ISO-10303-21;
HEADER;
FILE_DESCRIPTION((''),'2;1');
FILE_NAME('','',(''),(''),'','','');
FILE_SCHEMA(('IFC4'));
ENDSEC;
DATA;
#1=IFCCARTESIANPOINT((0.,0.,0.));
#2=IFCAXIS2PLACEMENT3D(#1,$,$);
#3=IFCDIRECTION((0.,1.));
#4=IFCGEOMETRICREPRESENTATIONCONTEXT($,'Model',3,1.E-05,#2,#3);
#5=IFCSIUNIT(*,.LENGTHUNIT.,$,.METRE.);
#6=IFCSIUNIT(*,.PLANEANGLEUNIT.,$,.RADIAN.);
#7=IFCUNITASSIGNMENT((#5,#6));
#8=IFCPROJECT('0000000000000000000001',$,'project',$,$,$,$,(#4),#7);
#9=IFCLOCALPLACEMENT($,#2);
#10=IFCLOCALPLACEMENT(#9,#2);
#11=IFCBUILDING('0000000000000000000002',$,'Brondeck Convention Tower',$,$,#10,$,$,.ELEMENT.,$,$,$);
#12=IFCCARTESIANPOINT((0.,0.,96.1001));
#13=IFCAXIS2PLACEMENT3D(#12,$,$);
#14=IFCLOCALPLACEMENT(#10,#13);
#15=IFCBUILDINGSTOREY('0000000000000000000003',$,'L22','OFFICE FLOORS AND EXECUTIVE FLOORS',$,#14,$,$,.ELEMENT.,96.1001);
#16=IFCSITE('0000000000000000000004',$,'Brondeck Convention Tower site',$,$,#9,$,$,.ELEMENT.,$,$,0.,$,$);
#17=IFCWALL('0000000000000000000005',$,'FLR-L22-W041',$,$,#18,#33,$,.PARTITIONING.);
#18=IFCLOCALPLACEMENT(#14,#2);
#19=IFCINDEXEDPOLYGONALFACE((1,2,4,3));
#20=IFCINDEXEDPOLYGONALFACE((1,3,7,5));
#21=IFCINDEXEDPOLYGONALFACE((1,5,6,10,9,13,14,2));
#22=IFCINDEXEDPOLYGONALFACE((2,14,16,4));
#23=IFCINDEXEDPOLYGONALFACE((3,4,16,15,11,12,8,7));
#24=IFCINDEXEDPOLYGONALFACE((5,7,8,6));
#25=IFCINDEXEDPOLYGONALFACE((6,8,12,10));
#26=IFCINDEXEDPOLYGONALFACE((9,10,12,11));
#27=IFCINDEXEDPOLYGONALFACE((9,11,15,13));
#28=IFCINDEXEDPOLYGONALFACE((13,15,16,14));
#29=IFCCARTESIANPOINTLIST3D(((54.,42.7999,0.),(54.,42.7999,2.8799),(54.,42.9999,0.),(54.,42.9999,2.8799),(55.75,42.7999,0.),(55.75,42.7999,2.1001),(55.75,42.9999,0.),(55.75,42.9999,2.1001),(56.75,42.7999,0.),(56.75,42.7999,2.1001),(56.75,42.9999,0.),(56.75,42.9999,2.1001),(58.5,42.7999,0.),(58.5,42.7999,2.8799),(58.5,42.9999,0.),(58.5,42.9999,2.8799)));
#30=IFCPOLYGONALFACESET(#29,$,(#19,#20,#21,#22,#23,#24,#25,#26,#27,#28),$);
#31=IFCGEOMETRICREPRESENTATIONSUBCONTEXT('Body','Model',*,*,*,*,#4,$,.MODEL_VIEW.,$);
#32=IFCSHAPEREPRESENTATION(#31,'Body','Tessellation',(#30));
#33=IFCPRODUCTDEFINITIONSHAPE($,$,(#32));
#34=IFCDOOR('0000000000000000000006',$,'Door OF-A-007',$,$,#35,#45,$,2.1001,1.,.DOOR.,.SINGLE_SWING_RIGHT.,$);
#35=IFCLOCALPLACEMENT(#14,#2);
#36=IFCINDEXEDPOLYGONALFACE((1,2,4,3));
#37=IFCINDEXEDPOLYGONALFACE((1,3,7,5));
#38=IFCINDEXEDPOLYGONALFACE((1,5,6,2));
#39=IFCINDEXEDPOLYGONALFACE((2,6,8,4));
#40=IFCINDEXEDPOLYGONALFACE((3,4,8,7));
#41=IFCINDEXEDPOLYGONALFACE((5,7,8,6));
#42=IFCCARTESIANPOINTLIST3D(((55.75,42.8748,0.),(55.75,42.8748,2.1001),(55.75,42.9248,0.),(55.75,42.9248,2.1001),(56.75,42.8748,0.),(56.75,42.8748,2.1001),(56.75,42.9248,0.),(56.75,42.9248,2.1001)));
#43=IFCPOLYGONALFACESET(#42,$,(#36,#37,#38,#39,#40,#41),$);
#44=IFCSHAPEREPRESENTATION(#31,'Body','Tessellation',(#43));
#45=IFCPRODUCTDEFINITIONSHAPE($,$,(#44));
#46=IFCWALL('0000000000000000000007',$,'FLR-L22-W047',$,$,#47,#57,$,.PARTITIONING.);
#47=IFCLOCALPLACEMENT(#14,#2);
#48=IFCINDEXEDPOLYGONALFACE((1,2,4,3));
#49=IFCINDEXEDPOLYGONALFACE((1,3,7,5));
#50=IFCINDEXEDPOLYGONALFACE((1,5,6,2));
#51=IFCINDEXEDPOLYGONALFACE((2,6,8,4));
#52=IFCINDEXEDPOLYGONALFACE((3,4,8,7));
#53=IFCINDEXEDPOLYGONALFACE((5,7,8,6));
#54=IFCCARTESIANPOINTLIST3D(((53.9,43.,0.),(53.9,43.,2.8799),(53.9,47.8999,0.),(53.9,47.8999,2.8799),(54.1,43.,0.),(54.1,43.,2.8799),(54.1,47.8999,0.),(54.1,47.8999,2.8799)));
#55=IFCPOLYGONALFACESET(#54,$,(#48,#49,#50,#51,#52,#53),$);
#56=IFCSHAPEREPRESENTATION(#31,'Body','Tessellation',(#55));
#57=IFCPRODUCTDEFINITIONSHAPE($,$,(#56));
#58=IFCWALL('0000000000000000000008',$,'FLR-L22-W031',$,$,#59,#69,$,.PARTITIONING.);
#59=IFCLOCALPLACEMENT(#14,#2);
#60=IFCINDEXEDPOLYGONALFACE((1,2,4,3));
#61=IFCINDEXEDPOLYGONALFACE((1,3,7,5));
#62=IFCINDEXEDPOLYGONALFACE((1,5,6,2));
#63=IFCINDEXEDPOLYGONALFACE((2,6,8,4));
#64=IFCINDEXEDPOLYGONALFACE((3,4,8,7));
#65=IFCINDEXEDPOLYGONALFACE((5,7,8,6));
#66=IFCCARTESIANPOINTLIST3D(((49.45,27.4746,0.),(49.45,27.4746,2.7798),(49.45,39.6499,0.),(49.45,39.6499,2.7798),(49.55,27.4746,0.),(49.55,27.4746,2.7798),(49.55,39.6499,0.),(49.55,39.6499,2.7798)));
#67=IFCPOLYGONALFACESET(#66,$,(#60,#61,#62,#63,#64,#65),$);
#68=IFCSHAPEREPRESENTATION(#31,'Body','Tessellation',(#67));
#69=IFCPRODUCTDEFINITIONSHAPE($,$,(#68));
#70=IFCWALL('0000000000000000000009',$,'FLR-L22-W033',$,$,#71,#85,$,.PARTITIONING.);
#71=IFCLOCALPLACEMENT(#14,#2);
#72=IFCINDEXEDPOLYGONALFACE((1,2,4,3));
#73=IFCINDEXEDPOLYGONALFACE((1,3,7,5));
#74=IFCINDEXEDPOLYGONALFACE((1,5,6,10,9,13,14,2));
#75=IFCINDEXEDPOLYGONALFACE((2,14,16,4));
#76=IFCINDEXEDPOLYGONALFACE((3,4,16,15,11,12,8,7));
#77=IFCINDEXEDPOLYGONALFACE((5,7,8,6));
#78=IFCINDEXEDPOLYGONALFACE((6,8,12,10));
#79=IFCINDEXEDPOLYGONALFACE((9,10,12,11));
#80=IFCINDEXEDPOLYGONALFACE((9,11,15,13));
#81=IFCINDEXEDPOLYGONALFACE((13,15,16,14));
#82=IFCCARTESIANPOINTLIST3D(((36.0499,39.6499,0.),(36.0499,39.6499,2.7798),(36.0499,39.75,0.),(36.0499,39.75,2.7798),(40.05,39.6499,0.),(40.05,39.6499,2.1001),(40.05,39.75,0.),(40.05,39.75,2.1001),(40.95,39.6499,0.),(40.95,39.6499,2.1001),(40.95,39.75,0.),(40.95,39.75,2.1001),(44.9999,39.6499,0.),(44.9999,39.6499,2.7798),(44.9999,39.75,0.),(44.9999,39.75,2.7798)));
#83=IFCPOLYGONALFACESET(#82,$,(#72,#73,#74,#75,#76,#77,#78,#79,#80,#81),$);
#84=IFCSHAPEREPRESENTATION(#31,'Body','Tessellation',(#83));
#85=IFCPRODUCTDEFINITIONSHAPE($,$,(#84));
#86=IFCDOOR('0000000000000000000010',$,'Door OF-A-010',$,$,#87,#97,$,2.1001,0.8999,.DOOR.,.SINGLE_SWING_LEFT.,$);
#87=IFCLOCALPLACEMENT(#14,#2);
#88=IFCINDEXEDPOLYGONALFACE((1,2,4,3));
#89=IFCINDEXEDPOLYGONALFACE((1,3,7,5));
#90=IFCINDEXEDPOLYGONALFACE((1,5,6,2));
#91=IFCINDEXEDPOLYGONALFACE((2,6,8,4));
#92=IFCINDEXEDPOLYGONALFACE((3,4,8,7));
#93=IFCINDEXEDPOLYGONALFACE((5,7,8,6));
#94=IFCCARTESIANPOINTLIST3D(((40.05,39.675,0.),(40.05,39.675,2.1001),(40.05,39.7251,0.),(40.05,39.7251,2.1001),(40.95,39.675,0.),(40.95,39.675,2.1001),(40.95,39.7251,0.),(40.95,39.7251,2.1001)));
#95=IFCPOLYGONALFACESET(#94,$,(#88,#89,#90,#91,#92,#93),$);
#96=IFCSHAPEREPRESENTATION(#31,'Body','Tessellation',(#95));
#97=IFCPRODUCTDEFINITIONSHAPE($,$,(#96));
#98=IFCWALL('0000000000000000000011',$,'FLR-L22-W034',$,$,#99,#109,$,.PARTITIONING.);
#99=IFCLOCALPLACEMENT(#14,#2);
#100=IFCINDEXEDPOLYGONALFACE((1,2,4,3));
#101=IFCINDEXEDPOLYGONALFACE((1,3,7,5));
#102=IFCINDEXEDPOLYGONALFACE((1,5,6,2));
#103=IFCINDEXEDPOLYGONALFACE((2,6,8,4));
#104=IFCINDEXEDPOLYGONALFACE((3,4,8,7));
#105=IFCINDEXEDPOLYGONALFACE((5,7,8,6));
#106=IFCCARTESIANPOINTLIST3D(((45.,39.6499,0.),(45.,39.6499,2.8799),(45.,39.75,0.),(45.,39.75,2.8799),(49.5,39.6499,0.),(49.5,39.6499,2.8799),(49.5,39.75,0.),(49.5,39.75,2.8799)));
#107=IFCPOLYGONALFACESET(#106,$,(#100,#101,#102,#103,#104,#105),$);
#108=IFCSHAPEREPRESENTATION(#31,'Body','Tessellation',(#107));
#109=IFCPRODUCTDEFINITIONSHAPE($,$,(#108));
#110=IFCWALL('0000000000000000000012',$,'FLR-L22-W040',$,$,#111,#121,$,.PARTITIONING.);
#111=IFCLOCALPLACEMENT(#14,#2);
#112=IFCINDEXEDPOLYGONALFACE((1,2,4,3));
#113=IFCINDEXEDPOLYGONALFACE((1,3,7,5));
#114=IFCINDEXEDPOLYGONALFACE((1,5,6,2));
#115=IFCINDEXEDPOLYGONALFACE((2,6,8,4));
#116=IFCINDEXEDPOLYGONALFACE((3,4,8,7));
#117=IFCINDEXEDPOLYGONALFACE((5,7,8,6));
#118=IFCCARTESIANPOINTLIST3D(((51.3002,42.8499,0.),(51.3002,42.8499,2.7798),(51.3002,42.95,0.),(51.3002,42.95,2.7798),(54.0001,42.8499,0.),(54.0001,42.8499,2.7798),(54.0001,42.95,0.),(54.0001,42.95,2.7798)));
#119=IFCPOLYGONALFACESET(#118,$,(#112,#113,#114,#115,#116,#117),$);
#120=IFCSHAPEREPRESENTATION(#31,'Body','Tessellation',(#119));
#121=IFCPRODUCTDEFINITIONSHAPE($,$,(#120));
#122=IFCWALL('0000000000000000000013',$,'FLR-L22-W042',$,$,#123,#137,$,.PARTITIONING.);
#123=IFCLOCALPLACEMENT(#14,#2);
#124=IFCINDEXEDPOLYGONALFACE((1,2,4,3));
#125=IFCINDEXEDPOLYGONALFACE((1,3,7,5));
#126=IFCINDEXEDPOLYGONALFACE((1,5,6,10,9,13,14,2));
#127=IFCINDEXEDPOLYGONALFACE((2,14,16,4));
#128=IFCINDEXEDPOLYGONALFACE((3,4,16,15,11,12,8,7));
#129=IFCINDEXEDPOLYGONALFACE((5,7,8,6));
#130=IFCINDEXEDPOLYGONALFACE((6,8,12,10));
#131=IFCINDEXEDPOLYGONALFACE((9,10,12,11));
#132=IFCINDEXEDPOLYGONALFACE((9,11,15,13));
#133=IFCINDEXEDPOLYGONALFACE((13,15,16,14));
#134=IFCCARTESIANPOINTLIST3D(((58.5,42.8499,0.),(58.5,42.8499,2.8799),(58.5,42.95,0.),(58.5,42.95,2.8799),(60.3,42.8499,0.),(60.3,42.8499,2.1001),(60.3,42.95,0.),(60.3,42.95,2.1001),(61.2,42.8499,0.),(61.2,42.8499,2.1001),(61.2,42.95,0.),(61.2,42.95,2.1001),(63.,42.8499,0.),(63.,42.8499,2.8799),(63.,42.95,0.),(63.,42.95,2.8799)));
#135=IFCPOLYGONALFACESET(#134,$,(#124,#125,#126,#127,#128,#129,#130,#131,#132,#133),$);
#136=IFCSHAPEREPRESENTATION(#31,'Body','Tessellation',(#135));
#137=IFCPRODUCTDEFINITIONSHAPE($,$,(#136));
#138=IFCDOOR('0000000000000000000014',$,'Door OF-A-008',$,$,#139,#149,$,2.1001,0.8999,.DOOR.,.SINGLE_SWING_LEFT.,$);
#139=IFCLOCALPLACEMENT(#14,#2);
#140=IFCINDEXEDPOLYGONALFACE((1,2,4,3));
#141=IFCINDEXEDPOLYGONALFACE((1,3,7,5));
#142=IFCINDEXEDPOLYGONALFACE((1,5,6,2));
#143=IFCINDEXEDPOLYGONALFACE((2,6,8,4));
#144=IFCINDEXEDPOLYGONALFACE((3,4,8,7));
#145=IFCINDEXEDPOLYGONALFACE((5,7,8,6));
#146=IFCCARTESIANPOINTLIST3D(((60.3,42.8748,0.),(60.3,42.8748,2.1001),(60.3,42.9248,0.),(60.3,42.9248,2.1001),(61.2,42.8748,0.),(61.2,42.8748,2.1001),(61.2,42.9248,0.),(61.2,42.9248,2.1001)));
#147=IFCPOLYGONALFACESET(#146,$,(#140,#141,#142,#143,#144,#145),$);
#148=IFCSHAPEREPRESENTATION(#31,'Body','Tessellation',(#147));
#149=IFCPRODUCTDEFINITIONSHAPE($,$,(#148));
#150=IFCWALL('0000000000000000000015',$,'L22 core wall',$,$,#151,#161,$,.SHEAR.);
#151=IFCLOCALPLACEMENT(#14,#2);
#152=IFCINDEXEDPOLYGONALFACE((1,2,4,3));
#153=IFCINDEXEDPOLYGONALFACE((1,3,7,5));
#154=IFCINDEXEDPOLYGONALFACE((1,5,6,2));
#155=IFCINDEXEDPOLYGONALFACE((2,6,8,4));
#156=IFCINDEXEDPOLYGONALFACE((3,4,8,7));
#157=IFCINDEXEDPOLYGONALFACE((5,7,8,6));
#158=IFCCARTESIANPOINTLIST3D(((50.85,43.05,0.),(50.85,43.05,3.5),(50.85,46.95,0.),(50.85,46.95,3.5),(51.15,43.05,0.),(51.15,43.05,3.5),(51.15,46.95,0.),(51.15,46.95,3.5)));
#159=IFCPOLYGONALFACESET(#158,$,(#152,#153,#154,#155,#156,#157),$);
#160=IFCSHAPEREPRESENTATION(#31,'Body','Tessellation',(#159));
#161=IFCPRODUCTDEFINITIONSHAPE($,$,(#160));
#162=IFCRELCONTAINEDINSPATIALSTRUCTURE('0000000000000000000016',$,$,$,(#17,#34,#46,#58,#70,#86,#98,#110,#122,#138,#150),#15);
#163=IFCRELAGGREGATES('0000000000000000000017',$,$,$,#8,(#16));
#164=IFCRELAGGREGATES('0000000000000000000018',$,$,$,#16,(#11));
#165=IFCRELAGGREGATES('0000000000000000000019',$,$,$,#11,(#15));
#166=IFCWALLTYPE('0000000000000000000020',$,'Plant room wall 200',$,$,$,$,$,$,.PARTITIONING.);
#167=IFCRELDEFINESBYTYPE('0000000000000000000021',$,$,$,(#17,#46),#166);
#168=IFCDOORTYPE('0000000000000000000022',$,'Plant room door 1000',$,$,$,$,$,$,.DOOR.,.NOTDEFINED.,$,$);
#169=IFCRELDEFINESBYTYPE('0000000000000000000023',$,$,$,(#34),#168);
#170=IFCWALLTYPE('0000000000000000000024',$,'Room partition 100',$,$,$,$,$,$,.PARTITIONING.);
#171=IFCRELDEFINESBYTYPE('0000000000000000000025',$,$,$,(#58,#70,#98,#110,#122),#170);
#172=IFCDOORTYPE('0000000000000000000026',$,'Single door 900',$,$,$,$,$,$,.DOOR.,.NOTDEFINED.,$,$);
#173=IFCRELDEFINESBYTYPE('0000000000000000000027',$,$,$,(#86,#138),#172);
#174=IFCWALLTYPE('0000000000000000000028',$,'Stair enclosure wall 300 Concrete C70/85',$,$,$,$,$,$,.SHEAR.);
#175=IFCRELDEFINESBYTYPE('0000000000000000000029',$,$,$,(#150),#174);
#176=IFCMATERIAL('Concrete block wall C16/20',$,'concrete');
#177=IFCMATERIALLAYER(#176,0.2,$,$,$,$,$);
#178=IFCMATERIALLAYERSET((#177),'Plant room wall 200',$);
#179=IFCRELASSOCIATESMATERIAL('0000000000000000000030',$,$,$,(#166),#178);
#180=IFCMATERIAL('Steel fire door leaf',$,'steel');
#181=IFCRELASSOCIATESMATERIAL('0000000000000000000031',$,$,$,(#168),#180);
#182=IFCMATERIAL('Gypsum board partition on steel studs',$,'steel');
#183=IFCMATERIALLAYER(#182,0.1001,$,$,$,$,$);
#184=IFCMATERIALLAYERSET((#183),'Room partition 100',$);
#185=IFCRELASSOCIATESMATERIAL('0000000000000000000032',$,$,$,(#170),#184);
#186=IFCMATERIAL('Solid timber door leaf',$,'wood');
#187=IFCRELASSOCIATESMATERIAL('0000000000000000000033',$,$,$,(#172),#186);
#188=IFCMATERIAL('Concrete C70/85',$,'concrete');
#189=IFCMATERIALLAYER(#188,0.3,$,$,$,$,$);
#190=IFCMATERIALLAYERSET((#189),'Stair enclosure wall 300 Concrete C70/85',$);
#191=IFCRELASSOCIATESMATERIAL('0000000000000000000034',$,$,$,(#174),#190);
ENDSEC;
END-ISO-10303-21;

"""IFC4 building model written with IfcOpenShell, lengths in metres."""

from ifc_helpers import new_model, si_unit, direction, frame, frame_2d, origin, place, context, subcontext, project, spatial, rectangle, extrude, material, layer, layer_set, type_object, element, fill, save


model = new_model("IFC4")

# Units and contexts
model_context = context("Model", 3, precision=1e-05, world=origin(), true_north=direction((0.0, 1.0)))
body_context = subcontext(model_context, "Body", "Model", "MODEL_VIEW")
ifc_project = project(units=[si_unit("LENGTHUNIT", "METRE"), si_unit("PLANEANGLEUNIT", "RADIAN")], contexts=[model_context])

# Site, building, storey
site_placement = place(None, origin())
site = spatial("IfcSite", under=ifc_project, at=site_placement, Name="Brondeck Convention Tower site", CompositionType="ELEMENT", RefElevation=0.0)
building_placement = place(site_placement, origin())
building = spatial("IfcBuilding", under=site, at=building_placement, Name="Brondeck Convention Tower", CompositionType="ELEMENT")
storey_placement = place(building_placement, frame((0.0, 0.0, 96.1001)))
storey = spatial("IfcBuildingStorey", under=building, at=storey_placement, Name="L22", Description="OFFICE FLOORS AND EXECUTIVE FLOORS", CompositionType="ELEMENT", Elevation=96.1001)

# Shared definitions
ifc_material_1 = material(Name="Concrete C70/85", Category="concrete")

# Wall, opening, door
ifc_material_2 = material(Name="Concrete block wall C16/20", Category="concrete")
ifc_layer_1 = layer(ifc_material_2, 0.2)
ifc_layer_set_1 = layer_set([ifc_layer_1], Name="Plant room wall 200")
wall_type_1 = type_object("IfcWallType", Name="Plant room wall 200", PredefinedType="PARTITIONING", material=ifc_layer_set_1)
wall_1_placement = place(storey_placement, frame((54.0, 42.8999, 0.0), z_axis=(0.0, 0.0, 1.0), x_axis=(1.0, 0.0, 0.0)))
wall_1 = element("IfcWall", 1, at=wall_1_placement, inside=storey, type_object=wall_type_1, Name="FLR-L22-W041", PredefinedType="PARTITIONING", context=body_context, shape_type="SweptSolid", body=[
    extrude(rectangle(XDim=4.5, YDim=0.2, at=frame_2d((2.25, 0.0))), origin(), (0.0, 0.0, 1.0), 2.8799),
])
opening_1_placement = place(wall_1_placement, frame((1.75, 0.0, 0.0)))
opening_1 = element("IfcOpeningElement", 2, at=opening_1_placement, cuts=wall_1, PredefinedType="OPENING", context=body_context, shape_type="SweptSolid", body=[
    extrude(rectangle(XDim=1.0, YDim=2.1001, at=frame_2d((0.5, 1.05))), frame((0.0, 0.1099, 0.0), z_axis=(0.0, -1.0, 0.0), x_axis=(1.0, 0.0, 0.0)), (0.0, 0.0, 1.0), 0.22),
])
ifc_material_3 = material(Name="Steel fire door leaf", Category="steel")
door_type_1 = type_object("IfcDoorType", Name="Plant room door 1000", OperationType="NOTDEFINED", PredefinedType="DOOR", material=ifc_material_3)
door_1_placement = place(opening_1_placement, origin())
door_1 = element("IfcDoor", 3, at=door_1_placement, inside=storey, type_object=door_type_1, Name="Door OF-A-007", OperationType="SINGLE_SWING_RIGHT", OverallHeight=2.1001, OverallWidth=1.0, PredefinedType="DOOR", context=body_context, shape_type="SweptSolid", body=[
    extrude(rectangle(XDim=1.0, YDim=2.1001, at=frame_2d((0.5, 1.05))), frame((0.0, 0.0249, 0.0), z_axis=(0.0, -1.0, 0.0), x_axis=(1.0, 0.0, 0.0)), (0.0, 0.0, 1.0), 0.05),
])
fill(opening_1, door_1)

# Walls
wall_2_placement = place(storey_placement, frame((54.0, 43.0, 0.0), z_axis=(0.0, 0.0, 1.0), x_axis=(0.0, 1.0, 0.0)))
element("IfcWall", 4, at=wall_2_placement, inside=storey, type_object=wall_type_1, Name="FLR-L22-W047", PredefinedType="PARTITIONING", context=body_context, shape_type="SweptSolid", body=[
    extrude(rectangle(XDim=4.8999, YDim=0.2, at=frame_2d((2.45, 0.0))), origin(), (0.0, 0.0, 1.0), 2.8799),
])
ifc_material_4 = material(Name="Gypsum board partition on steel studs", Category="steel")
ifc_layer_2 = layer(ifc_material_4, 0.1001)
ifc_layer_set_2 = layer_set([ifc_layer_2], Name="Room partition 100")
wall_type_2 = type_object("IfcWallType", Name="Room partition 100", PredefinedType="PARTITIONING", material=ifc_layer_set_2)
wall_3_placement = place(storey_placement, frame((49.5, 39.6499, 0.0), z_axis=(0.0, 0.0, 1.0), x_axis=(0.0, -1.0, 0.0)))
element("IfcWall", 5, at=wall_3_placement, inside=storey, type_object=wall_type_2, Name="FLR-L22-W031", PredefinedType="PARTITIONING", context=body_context, shape_type="SweptSolid", body=[
    extrude(rectangle(XDim=12.1753, YDim=0.1001, at=frame_2d((6.0876, 0.0))), origin(), (0.0, 0.0, 1.0), 2.7798),
])

# Wall, opening, door
wall_4_placement = place(storey_placement, frame((45.0, 39.7, 0.0), z_axis=(0.0, 0.0, 1.0), x_axis=(-1.0, 0.0, 0.0)))
wall_4 = element("IfcWall", 6, at=wall_4_placement, inside=storey, type_object=wall_type_2, Name="FLR-L22-W033", PredefinedType="PARTITIONING", context=body_context, shape_type="SweptSolid", body=[
    extrude(rectangle(XDim=8.95, YDim=0.1001, at=frame_2d((4.4751, 0.0))), origin(), (0.0, 0.0, 1.0), 2.7798),
])
opening_2_placement = place(wall_4_placement, frame((4.05, 0.0, 0.0)))
opening_2 = element("IfcOpeningElement", 7, at=opening_2_placement, cuts=wall_4, PredefinedType="OPENING", context=body_context, shape_type="SweptSolid", body=[
    extrude(rectangle(XDim=0.8999, YDim=2.1001, at=frame_2d((0.45, 1.05))), frame((0.0, 0.0601, 0.0), z_axis=(0.0, -1.0, 0.0), x_axis=(1.0, 0.0, 0.0)), (0.0, 0.0, 1.0), 0.1201),
])
ifc_material_5 = material(Name="Solid timber door leaf", Category="wood")
door_type_2 = type_object("IfcDoorType", Name="Single door 900", OperationType="NOTDEFINED", PredefinedType="DOOR", material=ifc_material_5)
door_2_placement = place(opening_2_placement, origin())
door_2 = element("IfcDoor", 8, at=door_2_placement, inside=storey, type_object=door_type_2, Name="Door OF-A-010", OperationType="SINGLE_SWING_LEFT", OverallHeight=2.1001, OverallWidth=0.8999, PredefinedType="DOOR", context=body_context, shape_type="SweptSolid", body=[
    extrude(rectangle(XDim=0.8999, YDim=2.1001, at=frame_2d((0.45, 1.05))), frame((0.0, 0.0249, 0.0), z_axis=(0.0, -1.0, 0.0), x_axis=(1.0, 0.0, 0.0)), (0.0, 0.0, 1.0), 0.05),
])
fill(opening_2, door_2)

# Walls
wall_5_placement = place(storey_placement, frame((49.5, 39.7, 0.0), z_axis=(0.0, 0.0, 1.0), x_axis=(-1.0, 0.0, 0.0)))
element("IfcWall", 9, at=wall_5_placement, inside=storey, type_object=wall_type_2, Name="FLR-L22-W034", PredefinedType="PARTITIONING", context=body_context, shape_type="SweptSolid", body=[
    extrude(rectangle(XDim=4.5, YDim=0.1001, at=frame_2d((2.25, 0.0))), origin(), (0.0, 0.0, 1.0), 2.8799),
])
wall_6_placement = place(storey_placement, frame((51.3, 42.8999, 0.0), z_axis=(0.0, 0.0, 1.0), x_axis=(1.0, 0.0, 0.0)))
element("IfcWall", 10, at=wall_6_placement, inside=storey, type_object=wall_type_2, Name="FLR-L22-W040", PredefinedType="PARTITIONING", context=body_context, shape_type="SweptSolid", body=[
    extrude(rectangle(XDim=2.7, YDim=0.1001, at=frame_2d((1.3501, 0.0))), origin(), (0.0, 0.0, 1.0), 2.7798),
])

# Wall, opening, door
wall_7_placement = place(storey_placement, frame((58.5, 42.8999, 0.0), z_axis=(0.0, 0.0, 1.0), x_axis=(1.0, 0.0, 0.0)))
wall_7 = element("IfcWall", 11, at=wall_7_placement, inside=storey, type_object=wall_type_2, Name="FLR-L22-W042", PredefinedType="PARTITIONING", context=body_context, shape_type="SweptSolid", body=[
    extrude(rectangle(XDim=4.5, YDim=0.1001, at=frame_2d((2.25, 0.0))), origin(), (0.0, 0.0, 1.0), 2.8799),
])
opening_3_placement = place(wall_7_placement, frame((1.8, 0.0, 0.0)))
opening_3 = element("IfcOpeningElement", 12, at=opening_3_placement, cuts=wall_7, PredefinedType="OPENING", context=body_context, shape_type="SweptSolid", body=[
    extrude(rectangle(XDim=0.8999, YDim=2.1001, at=frame_2d((0.45, 1.05))), frame((0.0, 0.0601, 0.0), z_axis=(0.0, -1.0, 0.0), x_axis=(1.0, 0.0, 0.0)), (0.0, 0.0, 1.0), 0.1201),
])
door_3_placement = place(opening_3_placement, origin())
door_3 = element("IfcDoor", 13, at=door_3_placement, inside=storey, type_object=door_type_2, Name="Door OF-A-008", OperationType="SINGLE_SWING_LEFT", OverallHeight=2.1001, OverallWidth=0.8999, PredefinedType="DOOR", context=body_context, shape_type="SweptSolid", body=[
    extrude(rectangle(XDim=0.8999, YDim=2.1001, at=frame_2d((0.45, 1.05))), frame((0.0, 0.0249, 0.0), z_axis=(0.0, -1.0, 0.0), x_axis=(1.0, 0.0, 0.0)), (0.0, 0.0, 1.0), 0.05),
])
fill(opening_3, door_3)

# Wall
ifc_layer_3 = layer(ifc_material_1, 0.3)
ifc_layer_set_3 = layer_set([ifc_layer_3], Name="Stair enclosure wall 300 Concrete C70/85")
wall_type_3 = type_object("IfcWallType", Name="Stair enclosure wall 300 Concrete C70/85", PredefinedType="SHEAR", material=ifc_layer_set_3)
wall_8_placement = place(storey_placement, frame((51.0, 43.05, 0.0), z_axis=(0.0, 0.0, 1.0), x_axis=(0.0, 1.0, 0.0)))
element("IfcWall", 14, at=wall_8_placement, inside=storey, type_object=wall_type_3, Name="L22 core wall", PredefinedType="SHEAR", context=body_context, shape_type="SweptSolid", body=[
    extrude(rectangle(XDim=3.8999, YDim=0.3, at=frame_2d((1.95, 0.0))), origin(), (0.0, 0.0, 1.0), 3.5),
])

save(model, "model.ifc")
